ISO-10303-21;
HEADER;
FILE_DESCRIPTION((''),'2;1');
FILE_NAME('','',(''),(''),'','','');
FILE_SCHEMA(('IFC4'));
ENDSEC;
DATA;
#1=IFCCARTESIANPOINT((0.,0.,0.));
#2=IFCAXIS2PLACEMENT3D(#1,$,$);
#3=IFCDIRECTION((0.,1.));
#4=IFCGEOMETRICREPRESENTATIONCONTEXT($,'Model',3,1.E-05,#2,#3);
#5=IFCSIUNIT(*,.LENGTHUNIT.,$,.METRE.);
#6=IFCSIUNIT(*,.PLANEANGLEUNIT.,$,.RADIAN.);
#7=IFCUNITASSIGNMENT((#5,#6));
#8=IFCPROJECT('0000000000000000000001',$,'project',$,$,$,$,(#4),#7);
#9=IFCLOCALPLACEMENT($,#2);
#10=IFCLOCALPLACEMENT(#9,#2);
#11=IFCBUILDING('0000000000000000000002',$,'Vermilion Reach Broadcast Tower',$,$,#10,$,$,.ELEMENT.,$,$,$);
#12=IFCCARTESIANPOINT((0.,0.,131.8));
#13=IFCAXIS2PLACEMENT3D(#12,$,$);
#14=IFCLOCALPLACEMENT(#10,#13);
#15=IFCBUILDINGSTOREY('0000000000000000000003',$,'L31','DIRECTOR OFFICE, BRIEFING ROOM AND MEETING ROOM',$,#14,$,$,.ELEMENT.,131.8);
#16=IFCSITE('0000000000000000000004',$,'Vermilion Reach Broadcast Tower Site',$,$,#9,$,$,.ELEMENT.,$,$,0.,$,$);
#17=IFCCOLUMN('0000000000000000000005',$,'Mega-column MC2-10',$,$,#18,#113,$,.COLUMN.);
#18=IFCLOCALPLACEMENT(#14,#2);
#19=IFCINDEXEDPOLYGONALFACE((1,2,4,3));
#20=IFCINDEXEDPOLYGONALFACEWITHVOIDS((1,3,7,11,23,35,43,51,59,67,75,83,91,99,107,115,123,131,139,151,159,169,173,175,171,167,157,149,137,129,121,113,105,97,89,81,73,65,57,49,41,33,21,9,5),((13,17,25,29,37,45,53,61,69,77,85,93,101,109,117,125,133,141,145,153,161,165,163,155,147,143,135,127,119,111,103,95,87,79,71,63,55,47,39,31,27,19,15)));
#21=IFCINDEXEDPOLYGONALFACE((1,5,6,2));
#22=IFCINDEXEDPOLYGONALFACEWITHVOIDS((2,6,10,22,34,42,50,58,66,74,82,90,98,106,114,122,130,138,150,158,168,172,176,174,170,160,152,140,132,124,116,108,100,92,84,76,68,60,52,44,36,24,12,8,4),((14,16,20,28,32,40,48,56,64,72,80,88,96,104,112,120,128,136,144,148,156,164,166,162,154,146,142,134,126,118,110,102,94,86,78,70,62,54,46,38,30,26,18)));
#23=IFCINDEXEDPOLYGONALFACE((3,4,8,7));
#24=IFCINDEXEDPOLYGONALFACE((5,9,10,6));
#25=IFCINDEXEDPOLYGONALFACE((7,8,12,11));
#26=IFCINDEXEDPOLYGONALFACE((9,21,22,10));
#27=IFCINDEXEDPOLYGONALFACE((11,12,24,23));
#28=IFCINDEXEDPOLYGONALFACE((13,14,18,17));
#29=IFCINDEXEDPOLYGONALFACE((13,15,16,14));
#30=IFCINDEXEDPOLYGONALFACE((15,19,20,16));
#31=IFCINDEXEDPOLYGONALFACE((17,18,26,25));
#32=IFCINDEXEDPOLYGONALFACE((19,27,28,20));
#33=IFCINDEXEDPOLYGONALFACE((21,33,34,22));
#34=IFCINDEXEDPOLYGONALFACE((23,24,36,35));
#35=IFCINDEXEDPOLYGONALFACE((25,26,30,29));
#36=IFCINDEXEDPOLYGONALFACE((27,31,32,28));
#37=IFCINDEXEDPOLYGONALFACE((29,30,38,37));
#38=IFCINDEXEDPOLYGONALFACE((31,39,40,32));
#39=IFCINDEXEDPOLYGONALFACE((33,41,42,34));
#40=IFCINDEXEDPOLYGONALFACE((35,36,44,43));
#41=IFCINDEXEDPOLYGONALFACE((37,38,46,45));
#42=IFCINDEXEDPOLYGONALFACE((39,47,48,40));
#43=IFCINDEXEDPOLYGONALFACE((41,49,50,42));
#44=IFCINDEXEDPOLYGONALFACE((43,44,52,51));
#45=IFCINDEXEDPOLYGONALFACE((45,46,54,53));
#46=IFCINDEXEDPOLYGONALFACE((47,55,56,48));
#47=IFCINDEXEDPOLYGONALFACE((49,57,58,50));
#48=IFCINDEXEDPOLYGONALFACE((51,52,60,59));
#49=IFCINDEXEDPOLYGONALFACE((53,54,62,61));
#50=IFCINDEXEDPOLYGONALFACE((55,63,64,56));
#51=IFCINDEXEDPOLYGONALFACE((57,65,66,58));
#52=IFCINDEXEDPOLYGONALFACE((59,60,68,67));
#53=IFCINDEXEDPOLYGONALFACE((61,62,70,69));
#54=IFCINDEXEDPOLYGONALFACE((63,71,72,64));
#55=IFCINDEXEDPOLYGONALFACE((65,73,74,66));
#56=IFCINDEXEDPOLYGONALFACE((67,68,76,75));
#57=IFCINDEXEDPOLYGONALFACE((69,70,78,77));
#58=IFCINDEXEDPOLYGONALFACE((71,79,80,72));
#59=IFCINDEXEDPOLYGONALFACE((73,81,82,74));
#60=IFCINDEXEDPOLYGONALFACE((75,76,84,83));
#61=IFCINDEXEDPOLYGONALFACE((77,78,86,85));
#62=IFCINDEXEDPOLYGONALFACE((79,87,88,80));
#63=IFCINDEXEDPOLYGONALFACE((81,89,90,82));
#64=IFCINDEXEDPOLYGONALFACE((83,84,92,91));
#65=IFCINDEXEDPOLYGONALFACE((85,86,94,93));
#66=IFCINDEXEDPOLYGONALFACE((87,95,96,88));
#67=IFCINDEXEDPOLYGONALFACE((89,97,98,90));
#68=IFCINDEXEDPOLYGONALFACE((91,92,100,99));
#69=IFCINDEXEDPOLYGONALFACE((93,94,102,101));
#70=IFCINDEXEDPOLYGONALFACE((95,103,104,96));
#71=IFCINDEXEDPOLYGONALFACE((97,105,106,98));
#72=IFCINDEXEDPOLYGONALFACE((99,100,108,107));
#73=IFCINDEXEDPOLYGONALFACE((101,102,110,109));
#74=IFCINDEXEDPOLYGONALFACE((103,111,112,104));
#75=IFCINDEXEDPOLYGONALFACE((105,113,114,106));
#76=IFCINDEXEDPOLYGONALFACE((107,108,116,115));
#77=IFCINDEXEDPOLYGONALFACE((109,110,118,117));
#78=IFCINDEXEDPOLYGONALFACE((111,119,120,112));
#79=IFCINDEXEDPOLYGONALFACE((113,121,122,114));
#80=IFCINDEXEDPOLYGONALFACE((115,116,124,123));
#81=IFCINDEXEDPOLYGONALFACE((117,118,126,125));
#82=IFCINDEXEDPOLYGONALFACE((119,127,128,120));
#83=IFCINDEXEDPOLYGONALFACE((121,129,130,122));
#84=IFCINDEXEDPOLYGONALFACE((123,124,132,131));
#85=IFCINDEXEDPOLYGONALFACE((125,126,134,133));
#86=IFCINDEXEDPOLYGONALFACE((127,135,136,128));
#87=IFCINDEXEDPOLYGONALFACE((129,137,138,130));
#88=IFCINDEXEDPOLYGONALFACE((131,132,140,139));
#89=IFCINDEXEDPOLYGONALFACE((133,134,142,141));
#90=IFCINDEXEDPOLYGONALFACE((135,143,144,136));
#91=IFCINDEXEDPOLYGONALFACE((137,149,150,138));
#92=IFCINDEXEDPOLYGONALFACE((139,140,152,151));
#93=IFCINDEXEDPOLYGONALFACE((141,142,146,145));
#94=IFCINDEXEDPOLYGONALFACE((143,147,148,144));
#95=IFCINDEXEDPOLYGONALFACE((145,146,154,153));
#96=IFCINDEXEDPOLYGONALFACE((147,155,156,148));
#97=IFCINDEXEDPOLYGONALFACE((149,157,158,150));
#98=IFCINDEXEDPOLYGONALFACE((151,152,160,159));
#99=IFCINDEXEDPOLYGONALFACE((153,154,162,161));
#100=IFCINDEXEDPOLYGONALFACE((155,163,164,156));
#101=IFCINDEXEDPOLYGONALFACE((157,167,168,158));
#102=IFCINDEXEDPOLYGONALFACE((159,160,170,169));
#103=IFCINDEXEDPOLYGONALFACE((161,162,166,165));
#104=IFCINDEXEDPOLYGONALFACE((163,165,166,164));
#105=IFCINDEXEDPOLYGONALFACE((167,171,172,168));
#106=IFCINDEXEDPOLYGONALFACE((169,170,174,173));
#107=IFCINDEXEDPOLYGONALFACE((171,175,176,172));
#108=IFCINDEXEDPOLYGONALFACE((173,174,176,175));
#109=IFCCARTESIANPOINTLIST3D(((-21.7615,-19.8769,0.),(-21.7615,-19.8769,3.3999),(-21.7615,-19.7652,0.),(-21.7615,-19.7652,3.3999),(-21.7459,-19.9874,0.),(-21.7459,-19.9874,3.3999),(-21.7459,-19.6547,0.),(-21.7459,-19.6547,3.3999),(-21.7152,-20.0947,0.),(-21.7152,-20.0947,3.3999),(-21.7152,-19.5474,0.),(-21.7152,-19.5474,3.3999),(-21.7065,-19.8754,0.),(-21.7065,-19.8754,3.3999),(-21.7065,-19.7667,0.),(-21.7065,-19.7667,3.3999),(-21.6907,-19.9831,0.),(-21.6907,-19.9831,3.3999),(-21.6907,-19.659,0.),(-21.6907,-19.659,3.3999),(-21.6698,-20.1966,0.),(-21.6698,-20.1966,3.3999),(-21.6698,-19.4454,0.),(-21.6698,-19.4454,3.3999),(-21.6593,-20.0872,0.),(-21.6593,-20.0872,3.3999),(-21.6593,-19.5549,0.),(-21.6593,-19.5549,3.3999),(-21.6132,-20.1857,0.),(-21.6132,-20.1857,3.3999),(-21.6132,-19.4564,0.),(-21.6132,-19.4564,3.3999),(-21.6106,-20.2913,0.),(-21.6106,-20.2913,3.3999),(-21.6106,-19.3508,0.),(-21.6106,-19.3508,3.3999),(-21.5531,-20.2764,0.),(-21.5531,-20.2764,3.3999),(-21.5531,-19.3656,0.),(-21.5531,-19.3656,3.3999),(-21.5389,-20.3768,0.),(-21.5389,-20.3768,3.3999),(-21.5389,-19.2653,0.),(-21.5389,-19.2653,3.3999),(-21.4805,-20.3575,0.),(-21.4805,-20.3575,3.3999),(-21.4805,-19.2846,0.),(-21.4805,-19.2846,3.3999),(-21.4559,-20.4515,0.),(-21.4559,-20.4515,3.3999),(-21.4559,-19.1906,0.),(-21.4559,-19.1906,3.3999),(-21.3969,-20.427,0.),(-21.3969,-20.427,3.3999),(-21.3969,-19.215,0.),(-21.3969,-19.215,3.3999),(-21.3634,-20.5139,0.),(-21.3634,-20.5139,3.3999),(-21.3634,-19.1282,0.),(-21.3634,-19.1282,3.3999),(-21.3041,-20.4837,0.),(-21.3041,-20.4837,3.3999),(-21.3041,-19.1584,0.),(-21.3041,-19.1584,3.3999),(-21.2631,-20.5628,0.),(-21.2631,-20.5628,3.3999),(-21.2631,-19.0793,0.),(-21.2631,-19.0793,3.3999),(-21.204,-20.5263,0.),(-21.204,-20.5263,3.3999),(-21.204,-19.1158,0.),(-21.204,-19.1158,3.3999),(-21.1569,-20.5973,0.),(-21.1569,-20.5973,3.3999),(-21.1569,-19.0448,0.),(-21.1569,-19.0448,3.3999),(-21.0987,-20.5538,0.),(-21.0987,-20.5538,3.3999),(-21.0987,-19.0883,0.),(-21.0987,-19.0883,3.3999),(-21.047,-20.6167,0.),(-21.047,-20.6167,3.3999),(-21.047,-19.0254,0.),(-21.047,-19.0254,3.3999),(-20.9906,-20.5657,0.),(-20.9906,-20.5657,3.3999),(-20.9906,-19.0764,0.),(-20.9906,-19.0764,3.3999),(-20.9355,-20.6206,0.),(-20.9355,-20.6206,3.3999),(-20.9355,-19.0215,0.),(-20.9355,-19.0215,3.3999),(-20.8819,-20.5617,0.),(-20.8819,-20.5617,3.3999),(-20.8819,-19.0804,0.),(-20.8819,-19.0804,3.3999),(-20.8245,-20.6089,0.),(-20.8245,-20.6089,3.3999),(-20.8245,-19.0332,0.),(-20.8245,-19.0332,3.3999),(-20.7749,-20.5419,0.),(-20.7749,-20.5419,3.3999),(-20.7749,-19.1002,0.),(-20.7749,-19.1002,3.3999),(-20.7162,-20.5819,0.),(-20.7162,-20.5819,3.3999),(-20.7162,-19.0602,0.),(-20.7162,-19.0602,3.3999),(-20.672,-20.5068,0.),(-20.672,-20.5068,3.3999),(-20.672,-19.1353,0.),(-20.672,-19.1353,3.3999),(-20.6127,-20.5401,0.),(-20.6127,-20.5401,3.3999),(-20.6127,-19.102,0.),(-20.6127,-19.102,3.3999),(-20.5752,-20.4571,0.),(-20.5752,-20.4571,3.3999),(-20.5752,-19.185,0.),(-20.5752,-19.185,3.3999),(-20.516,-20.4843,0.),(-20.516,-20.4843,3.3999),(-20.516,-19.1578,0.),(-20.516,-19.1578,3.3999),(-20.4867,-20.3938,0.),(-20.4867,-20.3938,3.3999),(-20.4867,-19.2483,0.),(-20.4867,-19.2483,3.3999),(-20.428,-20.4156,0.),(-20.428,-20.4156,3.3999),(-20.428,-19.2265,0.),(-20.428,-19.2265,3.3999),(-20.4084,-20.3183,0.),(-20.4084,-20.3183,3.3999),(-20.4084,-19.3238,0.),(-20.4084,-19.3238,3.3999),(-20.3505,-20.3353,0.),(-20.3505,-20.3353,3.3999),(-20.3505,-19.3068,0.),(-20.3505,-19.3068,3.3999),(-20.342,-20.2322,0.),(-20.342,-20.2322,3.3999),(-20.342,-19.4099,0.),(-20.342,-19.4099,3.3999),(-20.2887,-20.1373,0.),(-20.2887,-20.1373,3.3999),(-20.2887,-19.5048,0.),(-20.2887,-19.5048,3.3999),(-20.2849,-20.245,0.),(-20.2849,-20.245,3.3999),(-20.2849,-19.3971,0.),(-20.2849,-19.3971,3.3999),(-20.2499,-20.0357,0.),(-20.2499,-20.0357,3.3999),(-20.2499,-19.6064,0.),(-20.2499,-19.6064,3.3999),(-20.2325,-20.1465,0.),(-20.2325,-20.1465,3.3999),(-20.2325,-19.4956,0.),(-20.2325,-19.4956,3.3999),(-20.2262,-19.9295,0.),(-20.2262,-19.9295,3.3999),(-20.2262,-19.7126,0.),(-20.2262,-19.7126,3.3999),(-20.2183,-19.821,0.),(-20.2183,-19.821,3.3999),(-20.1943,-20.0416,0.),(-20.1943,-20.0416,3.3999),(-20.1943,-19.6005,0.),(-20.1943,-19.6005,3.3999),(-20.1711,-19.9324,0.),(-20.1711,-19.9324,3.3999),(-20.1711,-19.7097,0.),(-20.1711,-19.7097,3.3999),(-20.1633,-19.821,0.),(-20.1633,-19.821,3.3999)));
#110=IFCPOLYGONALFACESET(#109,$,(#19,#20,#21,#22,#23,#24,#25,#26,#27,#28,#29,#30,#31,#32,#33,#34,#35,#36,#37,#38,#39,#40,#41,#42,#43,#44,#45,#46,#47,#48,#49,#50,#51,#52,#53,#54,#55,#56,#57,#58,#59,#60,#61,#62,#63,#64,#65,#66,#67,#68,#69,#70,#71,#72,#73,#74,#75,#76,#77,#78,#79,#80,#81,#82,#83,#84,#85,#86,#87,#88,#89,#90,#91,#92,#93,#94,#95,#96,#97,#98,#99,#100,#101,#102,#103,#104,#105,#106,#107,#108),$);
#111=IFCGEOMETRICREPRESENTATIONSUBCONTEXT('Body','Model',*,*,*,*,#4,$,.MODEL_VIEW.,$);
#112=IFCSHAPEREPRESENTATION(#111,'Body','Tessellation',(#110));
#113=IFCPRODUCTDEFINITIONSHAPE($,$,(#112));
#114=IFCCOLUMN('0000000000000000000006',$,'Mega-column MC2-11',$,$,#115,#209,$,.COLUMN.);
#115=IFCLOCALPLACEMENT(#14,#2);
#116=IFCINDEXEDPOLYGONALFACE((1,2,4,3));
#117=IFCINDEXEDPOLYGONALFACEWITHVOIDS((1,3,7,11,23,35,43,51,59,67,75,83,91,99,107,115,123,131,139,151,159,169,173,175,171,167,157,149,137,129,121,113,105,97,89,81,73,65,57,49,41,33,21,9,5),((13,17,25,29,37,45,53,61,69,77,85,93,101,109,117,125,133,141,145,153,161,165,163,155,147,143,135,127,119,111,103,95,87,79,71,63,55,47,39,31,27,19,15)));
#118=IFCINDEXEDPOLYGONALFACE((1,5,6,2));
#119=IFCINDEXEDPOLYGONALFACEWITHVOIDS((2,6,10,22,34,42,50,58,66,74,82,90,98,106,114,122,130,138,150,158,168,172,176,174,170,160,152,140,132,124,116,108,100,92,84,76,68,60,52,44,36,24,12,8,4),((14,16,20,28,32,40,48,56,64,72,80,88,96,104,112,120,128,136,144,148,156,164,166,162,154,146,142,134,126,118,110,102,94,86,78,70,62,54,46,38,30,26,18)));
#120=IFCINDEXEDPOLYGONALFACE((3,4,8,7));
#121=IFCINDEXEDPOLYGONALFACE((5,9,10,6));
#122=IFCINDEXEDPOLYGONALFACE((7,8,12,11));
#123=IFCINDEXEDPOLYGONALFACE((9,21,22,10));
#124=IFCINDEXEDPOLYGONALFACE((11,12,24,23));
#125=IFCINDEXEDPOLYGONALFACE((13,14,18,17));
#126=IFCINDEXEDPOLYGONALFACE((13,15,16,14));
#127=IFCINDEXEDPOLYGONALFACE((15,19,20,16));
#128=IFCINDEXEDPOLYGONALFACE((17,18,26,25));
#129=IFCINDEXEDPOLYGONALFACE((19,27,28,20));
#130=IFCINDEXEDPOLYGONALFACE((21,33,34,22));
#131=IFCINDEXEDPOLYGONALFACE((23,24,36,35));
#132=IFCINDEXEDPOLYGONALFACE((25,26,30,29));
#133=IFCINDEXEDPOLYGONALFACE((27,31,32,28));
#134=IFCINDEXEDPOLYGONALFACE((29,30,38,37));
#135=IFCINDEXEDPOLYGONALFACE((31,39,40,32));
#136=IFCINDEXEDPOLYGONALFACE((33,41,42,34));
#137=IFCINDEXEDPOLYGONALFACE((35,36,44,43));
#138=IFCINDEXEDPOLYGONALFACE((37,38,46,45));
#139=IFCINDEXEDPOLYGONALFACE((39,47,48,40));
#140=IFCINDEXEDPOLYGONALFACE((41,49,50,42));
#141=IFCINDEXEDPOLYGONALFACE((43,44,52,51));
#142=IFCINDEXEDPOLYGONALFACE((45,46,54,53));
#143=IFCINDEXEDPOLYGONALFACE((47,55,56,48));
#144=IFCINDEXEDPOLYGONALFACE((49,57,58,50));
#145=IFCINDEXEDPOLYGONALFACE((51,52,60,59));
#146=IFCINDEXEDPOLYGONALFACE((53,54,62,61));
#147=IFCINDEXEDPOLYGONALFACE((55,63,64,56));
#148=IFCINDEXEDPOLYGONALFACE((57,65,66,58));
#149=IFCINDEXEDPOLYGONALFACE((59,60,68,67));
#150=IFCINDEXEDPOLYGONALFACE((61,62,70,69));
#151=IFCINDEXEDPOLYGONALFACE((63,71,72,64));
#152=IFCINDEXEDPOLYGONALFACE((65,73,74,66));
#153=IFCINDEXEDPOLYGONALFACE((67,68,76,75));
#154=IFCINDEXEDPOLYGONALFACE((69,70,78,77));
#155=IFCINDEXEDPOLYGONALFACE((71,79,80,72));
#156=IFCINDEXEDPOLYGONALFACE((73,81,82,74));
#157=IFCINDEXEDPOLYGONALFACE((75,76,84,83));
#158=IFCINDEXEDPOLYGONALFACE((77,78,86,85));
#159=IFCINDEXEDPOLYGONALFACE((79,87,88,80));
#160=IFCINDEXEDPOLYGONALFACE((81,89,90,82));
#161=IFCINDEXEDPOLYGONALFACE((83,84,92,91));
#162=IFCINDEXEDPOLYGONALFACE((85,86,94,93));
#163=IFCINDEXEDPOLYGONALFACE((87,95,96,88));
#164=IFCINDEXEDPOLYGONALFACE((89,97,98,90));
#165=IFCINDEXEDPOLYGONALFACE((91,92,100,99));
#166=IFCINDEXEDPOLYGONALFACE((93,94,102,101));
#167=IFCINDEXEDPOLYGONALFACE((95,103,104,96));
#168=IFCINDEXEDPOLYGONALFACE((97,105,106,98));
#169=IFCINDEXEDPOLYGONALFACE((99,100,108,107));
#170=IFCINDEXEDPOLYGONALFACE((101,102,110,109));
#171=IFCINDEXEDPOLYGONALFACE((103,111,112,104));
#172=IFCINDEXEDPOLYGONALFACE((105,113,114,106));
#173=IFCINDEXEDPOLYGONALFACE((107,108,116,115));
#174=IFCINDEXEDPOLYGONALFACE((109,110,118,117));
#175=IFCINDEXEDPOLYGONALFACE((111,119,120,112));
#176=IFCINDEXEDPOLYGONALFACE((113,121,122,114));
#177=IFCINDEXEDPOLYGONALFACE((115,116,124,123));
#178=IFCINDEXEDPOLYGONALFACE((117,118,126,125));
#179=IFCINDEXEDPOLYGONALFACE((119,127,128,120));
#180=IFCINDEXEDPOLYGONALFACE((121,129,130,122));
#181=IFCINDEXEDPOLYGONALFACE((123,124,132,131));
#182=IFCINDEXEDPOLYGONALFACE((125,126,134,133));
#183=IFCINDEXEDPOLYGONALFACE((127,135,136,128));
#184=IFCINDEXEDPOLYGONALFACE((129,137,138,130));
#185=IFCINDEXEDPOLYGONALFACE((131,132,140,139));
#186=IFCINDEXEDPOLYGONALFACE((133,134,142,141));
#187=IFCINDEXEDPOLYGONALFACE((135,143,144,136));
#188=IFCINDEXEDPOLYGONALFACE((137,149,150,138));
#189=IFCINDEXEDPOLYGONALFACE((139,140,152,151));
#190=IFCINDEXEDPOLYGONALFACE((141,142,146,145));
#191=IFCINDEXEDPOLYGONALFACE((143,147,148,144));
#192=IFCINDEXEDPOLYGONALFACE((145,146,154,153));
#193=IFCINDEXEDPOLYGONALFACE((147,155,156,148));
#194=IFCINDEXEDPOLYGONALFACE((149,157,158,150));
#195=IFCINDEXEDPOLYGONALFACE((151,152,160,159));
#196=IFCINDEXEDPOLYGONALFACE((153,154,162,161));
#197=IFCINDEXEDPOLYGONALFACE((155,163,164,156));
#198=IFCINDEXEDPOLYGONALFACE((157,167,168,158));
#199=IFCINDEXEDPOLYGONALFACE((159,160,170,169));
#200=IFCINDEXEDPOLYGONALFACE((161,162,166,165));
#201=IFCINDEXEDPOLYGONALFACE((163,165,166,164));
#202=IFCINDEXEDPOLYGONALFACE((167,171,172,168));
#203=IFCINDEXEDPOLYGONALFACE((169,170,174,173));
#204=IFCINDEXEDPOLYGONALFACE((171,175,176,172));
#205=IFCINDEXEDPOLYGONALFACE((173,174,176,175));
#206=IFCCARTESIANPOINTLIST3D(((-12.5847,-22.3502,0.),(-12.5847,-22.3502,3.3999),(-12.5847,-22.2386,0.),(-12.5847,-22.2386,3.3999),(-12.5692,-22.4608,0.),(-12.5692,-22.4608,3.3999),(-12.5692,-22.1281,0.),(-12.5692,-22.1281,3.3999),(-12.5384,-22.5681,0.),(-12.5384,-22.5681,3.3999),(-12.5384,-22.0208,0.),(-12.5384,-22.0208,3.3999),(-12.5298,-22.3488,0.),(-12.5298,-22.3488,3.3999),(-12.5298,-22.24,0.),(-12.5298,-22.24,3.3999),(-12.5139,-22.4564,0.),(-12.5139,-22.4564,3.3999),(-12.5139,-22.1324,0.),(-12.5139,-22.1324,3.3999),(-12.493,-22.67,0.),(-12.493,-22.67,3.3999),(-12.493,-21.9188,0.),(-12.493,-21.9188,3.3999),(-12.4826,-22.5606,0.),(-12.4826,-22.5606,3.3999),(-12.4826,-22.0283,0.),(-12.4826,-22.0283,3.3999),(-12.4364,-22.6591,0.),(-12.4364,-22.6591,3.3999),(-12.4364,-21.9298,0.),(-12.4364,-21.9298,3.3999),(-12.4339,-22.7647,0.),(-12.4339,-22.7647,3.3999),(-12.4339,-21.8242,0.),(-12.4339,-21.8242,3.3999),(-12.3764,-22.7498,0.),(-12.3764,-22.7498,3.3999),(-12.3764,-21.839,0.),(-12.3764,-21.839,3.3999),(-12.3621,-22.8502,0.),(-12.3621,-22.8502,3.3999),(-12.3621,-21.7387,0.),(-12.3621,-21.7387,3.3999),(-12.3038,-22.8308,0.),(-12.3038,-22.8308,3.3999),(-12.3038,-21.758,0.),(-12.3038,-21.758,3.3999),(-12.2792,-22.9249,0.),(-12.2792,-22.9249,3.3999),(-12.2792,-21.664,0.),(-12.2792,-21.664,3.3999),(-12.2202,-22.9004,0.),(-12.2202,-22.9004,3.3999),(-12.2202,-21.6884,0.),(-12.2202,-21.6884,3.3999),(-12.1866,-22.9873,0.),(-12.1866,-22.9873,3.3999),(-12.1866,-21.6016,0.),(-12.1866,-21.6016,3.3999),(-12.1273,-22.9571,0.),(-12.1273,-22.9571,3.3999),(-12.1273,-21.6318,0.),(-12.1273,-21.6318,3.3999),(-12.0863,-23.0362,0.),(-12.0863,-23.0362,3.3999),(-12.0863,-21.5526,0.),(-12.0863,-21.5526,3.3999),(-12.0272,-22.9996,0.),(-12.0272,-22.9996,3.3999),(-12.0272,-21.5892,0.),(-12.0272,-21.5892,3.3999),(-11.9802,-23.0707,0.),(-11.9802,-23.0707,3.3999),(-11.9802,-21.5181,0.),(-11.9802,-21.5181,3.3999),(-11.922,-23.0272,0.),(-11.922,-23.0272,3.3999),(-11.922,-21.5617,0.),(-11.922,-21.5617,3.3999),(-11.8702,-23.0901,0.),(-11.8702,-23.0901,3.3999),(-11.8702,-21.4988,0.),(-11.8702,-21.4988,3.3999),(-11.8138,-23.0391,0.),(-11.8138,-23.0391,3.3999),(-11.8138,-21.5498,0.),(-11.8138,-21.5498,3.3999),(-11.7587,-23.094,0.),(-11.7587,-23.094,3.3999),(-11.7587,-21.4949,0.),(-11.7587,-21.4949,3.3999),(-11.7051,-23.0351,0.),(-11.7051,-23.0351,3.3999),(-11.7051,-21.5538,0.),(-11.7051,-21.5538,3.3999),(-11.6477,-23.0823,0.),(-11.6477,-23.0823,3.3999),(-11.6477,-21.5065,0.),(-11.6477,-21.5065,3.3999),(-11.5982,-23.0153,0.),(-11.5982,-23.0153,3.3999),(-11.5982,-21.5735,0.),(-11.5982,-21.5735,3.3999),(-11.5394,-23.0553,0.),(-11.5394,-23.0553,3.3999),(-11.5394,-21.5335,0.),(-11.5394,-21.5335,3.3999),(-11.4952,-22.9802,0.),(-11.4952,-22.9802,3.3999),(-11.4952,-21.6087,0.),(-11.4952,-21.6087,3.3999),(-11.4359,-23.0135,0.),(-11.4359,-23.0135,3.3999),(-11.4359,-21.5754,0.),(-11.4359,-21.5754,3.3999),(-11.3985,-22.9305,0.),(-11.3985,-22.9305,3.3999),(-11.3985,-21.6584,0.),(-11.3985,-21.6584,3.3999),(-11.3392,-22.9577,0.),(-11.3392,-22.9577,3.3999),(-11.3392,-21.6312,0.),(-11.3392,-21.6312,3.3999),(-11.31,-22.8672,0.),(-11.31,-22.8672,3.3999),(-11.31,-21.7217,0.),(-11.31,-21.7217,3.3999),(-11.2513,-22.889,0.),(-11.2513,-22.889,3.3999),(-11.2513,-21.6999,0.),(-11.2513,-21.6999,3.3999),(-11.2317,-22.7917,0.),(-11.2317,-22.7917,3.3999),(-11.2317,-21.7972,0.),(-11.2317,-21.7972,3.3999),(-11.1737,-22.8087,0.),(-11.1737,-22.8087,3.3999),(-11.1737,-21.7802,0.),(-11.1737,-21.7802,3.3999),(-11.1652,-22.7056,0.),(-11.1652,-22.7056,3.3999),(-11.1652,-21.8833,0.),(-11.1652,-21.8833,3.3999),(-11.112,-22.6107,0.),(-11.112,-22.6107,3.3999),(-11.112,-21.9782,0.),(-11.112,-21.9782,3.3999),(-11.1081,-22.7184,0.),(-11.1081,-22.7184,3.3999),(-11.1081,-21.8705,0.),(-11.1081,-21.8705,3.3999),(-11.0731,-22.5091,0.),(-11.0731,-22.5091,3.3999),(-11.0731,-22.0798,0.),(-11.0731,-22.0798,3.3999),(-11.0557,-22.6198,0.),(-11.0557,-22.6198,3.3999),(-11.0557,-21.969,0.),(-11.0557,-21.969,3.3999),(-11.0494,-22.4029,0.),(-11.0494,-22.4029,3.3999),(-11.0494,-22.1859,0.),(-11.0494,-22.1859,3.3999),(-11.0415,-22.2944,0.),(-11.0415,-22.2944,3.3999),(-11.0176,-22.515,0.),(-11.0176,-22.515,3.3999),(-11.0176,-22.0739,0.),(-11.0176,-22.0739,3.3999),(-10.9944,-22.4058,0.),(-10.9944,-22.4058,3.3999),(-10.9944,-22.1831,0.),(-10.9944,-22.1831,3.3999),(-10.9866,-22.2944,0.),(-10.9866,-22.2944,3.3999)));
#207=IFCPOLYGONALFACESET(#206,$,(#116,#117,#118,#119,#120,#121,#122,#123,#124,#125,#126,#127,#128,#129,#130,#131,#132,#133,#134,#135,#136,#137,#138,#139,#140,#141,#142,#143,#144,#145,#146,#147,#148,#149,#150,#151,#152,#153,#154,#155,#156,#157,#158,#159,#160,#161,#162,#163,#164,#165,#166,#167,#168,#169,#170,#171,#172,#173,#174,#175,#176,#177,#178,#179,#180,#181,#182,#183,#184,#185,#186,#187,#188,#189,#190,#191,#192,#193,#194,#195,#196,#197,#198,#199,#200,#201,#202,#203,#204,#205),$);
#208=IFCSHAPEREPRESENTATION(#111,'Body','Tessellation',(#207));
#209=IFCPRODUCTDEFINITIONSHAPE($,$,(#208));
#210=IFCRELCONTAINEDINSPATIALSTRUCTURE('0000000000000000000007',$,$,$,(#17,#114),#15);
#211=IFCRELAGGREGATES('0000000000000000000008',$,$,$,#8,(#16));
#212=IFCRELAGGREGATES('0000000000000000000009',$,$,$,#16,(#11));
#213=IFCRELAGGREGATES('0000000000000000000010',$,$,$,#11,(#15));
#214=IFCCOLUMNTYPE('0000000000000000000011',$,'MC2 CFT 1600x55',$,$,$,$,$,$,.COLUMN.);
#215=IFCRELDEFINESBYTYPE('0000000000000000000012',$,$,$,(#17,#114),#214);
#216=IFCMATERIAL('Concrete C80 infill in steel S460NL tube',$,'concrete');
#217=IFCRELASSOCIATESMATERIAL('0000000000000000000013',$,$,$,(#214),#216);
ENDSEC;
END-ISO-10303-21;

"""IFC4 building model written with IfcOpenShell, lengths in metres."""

from ifc_helpers import new_model, si_unit, direction, frame, origin, origin_2d, place, context, subcontext, project, spatial, hollow_circle, extrude, material, material_profile, profile_set, type_object, element, save


model = new_model("IFC4")

# Units and contexts
model_context = context("Model", 3, precision=1e-05, world=origin(), true_north=direction((0.0, 1.0)))
body_context = subcontext(model_context, "Body", "Model", "MODEL_VIEW")
ifc_project = project(units=[si_unit("LENGTHUNIT", "METRE"), si_unit("PLANEANGLEUNIT", "RADIAN")], contexts=[model_context])

# Site, building, storey
site_placement = place(None, origin())
site = spatial("IfcSite", under=ifc_project, at=site_placement, Name="Vermilion Reach Broadcast Tower Site", CompositionType="ELEMENT", RefElevation=0.0)
building_placement = place(site_placement, origin())
building = spatial("IfcBuilding", under=site, at=building_placement, Name="Vermilion Reach Broadcast Tower", CompositionType="ELEMENT")
storey_placement = place(building_placement, frame((0.0, 0.0, 131.8)))
storey = spatial("IfcBuildingStorey", under=building, at=storey_placement, Name="L31", Description="DIRECTOR OFFICE, BRIEFING ROOM AND MEETING ROOM", CompositionType="ELEMENT", Elevation=131.8)

# Columns
ifc_material_1 = material(Name="Concrete C80 infill in steel S460NL tube", Category="concrete")
ifc_material_profile_1 = material_profile(ifc_material_1, hollow_circle(Radius=0.8, WallThickness=0.0549, at=origin_2d()), Name="Concrete C80 infill in steel S460NL tube CFT 1600x55")
ifc_profile_set_1 = profile_set([ifc_material_profile_1], Name="Concrete C80 infill in steel S460NL tube")
column_type = type_object("IfcColumnType", Name="MC2 CFT 1600x55", PredefinedType="COLUMN", material=ifc_profile_set_1)
for number, where, z_axis, x_axis, name in (
    (1, (-20.9634, -19.821, 0.0), (0.0, 0.0, 1.0), (1.0, 0.0, 0.0), "Mega-column MC2-10"),
    (2, (-11.7866, -22.2944, 0.0), (0.0, 0.0, 1.0), (1.0, 0.0, 0.0), "Mega-column MC2-11"),
):
    element("IfcColumn", number, at=place(storey_placement, frame(where, z_axis=z_axis, x_axis=x_axis)), inside=storey, type_object=column_type, Name=name, PredefinedType="COLUMN", context=body_context, shape_type="SweptSolid", body=[
        extrude(hollow_circle(Radius=0.8, WallThickness=0.0549, at=origin_2d()), origin(), (0.0, 0.0, 1.0), 3.3999),
    ])

save(model, "model.ifc")
